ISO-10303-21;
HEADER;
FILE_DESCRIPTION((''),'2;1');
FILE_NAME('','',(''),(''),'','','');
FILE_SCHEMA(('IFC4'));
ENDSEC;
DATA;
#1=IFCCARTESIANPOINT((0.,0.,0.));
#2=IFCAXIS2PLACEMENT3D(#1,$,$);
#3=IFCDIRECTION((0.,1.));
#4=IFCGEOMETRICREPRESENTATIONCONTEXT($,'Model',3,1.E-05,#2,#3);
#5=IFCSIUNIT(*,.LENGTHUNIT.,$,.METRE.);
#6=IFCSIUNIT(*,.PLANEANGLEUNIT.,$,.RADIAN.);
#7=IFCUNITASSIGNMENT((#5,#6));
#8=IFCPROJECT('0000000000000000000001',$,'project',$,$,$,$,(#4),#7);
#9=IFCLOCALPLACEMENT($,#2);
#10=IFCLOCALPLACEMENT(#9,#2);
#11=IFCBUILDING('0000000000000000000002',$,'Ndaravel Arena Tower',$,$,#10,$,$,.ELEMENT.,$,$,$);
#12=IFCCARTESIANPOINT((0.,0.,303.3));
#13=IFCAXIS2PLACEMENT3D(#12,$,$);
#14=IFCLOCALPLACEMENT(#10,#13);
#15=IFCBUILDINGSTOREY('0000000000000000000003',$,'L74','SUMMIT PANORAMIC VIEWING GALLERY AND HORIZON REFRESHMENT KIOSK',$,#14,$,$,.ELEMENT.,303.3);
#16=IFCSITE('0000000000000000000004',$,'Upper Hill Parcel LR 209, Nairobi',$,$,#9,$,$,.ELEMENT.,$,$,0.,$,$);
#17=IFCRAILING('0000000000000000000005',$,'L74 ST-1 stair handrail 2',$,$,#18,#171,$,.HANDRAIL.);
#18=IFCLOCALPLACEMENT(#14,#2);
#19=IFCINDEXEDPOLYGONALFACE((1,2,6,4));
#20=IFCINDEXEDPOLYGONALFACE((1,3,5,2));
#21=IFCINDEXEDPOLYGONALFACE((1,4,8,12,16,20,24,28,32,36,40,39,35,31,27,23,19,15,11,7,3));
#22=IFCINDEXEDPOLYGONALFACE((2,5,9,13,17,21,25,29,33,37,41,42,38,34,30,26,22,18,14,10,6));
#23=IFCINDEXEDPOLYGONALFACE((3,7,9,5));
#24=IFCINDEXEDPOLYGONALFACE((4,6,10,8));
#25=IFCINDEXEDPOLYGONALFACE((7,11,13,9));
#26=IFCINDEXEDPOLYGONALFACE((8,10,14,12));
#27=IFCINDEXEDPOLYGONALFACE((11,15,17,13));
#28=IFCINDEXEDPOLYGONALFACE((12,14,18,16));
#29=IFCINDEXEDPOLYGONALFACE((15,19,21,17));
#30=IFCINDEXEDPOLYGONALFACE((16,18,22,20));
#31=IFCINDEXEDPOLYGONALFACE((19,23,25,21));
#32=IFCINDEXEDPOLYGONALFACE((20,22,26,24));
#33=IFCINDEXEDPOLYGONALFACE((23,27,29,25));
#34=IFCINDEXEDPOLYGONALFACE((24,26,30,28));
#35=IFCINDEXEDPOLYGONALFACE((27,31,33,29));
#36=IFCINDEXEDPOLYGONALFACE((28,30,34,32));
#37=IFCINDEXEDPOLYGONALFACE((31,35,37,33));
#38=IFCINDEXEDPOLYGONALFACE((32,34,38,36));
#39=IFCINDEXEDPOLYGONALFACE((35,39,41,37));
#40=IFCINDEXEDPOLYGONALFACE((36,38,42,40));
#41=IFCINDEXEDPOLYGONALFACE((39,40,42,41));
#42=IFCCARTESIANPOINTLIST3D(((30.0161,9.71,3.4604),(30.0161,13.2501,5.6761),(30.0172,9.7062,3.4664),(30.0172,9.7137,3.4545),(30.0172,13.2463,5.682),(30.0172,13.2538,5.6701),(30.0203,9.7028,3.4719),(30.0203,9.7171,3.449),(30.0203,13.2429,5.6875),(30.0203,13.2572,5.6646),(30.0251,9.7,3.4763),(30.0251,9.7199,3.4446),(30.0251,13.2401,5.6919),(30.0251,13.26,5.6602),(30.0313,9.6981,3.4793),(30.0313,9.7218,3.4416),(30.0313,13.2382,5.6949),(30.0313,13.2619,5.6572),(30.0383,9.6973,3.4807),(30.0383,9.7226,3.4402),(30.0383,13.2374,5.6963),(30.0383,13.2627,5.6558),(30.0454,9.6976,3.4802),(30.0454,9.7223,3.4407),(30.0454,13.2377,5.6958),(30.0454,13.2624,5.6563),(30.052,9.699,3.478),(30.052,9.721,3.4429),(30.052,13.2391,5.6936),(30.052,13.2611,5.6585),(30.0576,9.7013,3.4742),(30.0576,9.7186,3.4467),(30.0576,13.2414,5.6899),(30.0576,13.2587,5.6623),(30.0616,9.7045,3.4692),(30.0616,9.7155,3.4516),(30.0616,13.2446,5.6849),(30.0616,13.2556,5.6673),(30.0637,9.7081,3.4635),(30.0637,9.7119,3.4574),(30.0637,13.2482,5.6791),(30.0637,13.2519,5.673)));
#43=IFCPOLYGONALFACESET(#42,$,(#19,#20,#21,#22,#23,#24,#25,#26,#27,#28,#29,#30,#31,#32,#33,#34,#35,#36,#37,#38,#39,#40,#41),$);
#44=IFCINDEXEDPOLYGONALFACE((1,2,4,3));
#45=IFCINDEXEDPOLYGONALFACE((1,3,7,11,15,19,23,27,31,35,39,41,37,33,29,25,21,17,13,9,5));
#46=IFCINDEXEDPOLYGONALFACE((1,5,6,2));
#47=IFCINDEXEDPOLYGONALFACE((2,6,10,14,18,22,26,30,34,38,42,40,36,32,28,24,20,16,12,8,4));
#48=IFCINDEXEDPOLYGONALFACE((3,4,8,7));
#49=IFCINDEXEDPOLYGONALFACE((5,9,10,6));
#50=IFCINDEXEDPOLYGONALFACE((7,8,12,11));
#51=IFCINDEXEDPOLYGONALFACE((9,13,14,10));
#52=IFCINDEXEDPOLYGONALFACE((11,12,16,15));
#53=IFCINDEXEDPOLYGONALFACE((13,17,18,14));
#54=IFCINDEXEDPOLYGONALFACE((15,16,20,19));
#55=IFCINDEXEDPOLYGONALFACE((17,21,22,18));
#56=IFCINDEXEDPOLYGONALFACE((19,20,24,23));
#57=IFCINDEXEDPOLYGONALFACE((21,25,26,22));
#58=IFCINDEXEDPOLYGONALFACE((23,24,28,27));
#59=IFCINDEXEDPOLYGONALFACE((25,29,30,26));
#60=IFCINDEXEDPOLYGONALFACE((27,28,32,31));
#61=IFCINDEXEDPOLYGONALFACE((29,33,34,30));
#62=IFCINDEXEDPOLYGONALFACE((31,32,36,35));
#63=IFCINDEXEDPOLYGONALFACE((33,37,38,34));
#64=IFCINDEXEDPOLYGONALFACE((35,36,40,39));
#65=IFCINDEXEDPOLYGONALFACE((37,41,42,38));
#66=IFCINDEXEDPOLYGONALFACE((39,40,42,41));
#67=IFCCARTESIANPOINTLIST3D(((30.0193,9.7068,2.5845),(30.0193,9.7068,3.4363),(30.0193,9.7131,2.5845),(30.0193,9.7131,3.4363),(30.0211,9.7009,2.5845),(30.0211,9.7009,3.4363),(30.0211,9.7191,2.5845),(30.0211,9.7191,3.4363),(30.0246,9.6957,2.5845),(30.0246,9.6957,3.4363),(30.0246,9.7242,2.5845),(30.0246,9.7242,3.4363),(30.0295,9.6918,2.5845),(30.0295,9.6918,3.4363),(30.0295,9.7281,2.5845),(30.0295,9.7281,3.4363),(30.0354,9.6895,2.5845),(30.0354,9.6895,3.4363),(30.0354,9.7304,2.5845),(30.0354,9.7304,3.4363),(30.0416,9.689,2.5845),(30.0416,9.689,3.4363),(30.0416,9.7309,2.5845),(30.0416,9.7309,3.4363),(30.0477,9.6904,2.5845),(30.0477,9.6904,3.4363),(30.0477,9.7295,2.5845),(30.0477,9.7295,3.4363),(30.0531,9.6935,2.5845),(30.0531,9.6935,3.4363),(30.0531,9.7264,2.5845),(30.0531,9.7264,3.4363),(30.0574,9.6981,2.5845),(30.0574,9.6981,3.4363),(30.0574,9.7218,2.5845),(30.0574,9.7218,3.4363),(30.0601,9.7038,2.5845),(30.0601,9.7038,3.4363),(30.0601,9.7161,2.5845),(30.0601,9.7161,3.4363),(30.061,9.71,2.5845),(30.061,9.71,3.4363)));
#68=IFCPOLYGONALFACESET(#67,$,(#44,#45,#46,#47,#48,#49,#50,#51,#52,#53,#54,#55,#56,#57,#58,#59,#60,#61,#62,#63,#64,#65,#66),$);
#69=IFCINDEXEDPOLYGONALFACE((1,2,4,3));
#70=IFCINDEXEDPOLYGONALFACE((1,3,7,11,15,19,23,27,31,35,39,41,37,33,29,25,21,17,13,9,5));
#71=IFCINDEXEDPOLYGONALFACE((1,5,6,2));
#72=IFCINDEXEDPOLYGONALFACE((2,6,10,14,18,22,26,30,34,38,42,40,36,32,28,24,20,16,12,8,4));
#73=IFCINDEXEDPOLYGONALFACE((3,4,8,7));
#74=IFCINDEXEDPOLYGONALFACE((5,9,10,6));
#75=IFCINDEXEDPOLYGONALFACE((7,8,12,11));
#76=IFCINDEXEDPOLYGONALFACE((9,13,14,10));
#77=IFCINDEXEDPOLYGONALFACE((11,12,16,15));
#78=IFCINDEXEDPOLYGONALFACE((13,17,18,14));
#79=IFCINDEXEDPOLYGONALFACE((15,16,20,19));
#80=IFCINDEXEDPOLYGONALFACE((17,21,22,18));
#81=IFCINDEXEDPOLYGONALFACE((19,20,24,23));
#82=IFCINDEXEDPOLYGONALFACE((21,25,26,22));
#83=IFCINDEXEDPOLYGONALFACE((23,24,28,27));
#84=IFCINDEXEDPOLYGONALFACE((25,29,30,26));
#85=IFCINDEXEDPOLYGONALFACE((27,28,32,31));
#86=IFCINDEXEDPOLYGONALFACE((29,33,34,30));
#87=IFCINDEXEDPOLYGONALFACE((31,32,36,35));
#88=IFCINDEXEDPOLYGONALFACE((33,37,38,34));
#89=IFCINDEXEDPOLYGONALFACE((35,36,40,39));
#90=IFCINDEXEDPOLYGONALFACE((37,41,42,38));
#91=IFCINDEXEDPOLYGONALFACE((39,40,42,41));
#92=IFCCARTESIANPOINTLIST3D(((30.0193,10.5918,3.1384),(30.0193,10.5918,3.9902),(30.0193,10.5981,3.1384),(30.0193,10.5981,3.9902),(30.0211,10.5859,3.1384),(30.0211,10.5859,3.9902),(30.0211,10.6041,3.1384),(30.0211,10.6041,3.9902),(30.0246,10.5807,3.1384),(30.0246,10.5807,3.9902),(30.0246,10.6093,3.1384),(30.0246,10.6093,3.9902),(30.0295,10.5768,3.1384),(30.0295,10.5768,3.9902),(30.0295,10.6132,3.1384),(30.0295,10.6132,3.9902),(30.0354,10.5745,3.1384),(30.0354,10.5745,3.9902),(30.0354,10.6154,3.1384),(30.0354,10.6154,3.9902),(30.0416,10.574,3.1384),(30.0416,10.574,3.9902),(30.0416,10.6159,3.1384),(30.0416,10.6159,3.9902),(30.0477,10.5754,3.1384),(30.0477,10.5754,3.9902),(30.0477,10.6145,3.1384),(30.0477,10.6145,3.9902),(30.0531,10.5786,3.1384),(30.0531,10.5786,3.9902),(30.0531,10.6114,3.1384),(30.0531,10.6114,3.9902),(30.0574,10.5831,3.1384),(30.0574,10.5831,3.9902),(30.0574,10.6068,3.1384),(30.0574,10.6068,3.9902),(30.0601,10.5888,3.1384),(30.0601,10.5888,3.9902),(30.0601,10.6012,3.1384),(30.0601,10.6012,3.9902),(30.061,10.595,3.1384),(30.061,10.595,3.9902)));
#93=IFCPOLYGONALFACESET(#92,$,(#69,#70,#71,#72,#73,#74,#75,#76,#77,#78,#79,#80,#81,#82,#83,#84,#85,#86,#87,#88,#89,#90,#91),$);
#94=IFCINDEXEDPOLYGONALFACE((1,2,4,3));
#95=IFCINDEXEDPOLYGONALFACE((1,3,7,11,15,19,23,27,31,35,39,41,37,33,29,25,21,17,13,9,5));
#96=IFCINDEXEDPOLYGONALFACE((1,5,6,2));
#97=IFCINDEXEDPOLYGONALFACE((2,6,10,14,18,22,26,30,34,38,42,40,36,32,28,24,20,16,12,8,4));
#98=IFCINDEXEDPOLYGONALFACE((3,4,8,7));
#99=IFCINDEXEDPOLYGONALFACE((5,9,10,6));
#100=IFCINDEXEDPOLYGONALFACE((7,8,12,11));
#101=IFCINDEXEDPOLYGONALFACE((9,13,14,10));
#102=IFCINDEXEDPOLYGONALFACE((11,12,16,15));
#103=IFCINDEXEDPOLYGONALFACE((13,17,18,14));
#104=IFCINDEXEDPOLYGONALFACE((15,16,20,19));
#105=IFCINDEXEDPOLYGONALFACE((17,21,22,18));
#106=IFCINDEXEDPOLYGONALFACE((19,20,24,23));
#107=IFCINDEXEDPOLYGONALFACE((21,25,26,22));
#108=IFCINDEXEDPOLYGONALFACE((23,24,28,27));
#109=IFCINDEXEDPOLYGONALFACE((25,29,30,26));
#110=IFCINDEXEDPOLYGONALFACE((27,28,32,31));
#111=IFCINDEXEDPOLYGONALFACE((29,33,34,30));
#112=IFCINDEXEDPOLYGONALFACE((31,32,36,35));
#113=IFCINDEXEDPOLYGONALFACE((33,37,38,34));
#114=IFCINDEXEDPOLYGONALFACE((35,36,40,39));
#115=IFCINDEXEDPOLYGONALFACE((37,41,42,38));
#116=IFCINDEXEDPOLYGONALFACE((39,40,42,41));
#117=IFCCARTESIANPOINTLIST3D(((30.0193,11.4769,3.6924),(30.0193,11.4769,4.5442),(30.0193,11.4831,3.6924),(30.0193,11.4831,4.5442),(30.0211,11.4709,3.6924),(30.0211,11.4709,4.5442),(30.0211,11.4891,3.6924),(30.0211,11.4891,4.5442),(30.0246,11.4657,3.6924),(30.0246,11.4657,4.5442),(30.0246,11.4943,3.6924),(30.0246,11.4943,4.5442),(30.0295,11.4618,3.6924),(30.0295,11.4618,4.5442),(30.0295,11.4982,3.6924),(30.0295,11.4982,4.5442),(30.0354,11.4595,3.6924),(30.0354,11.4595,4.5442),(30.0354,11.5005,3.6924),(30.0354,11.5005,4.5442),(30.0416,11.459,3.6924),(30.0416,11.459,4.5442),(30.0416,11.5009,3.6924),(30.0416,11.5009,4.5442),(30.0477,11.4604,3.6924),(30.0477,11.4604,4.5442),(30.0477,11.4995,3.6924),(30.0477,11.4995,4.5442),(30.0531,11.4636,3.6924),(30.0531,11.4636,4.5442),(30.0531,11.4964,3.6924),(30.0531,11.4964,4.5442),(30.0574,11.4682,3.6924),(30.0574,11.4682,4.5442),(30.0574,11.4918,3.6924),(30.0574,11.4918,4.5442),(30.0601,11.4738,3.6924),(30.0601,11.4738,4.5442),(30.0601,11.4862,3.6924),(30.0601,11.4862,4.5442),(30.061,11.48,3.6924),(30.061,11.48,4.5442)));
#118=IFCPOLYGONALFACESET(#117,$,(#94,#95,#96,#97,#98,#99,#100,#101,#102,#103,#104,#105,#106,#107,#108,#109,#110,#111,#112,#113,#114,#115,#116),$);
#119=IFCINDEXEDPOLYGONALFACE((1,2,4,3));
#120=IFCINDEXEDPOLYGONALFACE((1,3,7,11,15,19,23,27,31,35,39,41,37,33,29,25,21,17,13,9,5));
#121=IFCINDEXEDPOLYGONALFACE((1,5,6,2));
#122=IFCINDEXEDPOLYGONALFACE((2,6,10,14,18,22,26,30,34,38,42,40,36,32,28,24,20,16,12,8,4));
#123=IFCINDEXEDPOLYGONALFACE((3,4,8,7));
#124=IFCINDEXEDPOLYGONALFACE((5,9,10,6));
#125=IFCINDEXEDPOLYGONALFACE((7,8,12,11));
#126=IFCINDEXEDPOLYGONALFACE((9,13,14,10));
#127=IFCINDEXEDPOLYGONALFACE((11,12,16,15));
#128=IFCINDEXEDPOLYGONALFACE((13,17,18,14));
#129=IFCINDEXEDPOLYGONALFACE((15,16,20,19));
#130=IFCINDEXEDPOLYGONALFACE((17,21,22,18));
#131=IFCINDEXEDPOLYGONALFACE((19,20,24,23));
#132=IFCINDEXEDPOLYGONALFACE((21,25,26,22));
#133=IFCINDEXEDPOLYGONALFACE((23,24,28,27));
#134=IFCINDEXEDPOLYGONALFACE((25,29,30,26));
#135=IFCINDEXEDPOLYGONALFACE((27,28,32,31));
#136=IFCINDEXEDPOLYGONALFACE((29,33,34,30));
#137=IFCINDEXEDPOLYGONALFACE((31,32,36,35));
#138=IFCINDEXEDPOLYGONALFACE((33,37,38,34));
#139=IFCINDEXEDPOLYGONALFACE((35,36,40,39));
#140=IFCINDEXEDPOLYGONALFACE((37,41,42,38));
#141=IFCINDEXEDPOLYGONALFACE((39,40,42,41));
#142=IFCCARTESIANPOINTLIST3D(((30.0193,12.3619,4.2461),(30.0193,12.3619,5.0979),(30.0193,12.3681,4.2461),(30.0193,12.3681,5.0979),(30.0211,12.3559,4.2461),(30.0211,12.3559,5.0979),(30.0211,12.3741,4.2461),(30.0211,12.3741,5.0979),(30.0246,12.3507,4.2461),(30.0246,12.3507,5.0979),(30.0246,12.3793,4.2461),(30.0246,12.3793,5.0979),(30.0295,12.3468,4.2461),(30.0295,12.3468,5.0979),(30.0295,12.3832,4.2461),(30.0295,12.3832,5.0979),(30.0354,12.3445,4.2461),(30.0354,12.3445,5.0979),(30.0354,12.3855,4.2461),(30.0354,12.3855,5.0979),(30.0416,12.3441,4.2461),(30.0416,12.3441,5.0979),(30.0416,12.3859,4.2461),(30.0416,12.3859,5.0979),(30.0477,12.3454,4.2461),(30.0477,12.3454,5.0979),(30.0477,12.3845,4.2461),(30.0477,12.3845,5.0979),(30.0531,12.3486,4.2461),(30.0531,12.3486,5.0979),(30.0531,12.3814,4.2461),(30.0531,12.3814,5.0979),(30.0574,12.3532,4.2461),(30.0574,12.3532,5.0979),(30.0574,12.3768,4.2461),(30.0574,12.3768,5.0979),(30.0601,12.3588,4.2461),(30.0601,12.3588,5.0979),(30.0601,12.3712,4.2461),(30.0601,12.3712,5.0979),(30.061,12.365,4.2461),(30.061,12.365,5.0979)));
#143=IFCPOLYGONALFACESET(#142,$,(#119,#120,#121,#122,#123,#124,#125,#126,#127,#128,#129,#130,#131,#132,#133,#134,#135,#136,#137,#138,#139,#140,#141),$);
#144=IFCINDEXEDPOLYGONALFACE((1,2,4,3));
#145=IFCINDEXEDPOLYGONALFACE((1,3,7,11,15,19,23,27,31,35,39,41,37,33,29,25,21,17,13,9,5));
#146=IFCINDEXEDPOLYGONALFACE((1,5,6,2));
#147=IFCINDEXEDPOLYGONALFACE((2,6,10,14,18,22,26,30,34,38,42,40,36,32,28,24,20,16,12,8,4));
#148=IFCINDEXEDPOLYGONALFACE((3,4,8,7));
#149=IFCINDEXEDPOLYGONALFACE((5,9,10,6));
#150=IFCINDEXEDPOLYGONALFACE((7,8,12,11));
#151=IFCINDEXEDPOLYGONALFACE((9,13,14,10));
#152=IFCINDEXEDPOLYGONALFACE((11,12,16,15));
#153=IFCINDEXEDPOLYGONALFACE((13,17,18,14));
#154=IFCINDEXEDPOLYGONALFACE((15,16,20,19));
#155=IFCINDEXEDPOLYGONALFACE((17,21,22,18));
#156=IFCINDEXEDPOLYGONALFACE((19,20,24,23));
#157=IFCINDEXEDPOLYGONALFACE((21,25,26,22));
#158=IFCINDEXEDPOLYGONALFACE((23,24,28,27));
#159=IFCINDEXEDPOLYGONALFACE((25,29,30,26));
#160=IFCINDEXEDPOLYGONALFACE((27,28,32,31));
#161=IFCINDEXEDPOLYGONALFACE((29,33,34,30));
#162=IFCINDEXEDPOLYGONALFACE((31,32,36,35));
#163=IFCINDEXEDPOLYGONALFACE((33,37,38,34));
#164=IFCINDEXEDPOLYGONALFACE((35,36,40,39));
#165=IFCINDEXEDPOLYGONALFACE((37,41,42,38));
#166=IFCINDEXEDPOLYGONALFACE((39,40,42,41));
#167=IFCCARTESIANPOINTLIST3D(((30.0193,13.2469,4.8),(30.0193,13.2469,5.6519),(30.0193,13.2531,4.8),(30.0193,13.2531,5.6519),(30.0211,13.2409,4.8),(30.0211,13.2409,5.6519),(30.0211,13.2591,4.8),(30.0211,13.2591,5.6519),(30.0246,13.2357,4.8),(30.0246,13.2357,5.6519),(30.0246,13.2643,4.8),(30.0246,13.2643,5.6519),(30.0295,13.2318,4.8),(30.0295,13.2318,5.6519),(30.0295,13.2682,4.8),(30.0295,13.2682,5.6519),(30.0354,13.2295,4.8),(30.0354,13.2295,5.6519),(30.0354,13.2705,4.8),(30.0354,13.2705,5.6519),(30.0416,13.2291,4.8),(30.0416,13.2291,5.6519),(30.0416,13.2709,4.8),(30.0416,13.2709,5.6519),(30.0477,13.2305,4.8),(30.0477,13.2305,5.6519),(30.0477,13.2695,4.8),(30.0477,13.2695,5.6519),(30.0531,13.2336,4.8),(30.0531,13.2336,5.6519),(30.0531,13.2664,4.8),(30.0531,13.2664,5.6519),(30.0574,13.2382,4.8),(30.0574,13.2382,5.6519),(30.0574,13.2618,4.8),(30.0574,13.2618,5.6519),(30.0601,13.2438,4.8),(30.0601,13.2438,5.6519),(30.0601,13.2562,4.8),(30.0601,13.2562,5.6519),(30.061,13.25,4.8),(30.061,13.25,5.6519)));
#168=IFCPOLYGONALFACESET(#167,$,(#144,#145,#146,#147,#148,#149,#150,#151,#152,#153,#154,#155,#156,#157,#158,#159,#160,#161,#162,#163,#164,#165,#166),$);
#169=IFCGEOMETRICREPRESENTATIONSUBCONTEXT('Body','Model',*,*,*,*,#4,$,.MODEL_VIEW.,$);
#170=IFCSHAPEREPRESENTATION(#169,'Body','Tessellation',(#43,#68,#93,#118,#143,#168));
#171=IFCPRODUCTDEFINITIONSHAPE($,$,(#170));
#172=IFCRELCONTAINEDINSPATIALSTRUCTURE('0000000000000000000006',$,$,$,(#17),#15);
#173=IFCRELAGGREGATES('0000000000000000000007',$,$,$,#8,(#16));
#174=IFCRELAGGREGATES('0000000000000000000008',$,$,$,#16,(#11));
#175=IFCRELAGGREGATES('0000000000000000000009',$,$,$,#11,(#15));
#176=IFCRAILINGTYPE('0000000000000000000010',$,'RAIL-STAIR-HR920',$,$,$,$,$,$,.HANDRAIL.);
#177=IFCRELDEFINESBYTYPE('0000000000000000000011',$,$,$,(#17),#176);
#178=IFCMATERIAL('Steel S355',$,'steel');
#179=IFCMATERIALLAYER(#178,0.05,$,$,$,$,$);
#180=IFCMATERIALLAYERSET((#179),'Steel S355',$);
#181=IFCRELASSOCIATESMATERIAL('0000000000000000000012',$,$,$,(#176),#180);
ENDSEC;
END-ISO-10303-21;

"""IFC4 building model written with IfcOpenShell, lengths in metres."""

from ifc_helpers import new_model, si_unit, direction, frame, origin, origin_2d, place, context, subcontext, project, spatial, circle, extrude, material, layer, layer_set, type_object, element, save


model = new_model("IFC4")

# Units and contexts
model_context = context("Model", 3, precision=1e-05, world=origin(), true_north=direction((0.0, 1.0)))
body_context = subcontext(model_context, "Body", "Model", "MODEL_VIEW")
ifc_project = project(units=[si_unit("LENGTHUNIT", "METRE"), si_unit("PLANEANGLEUNIT", "RADIAN")], contexts=[model_context])

# Site, building, storey
site_placement = place(None, origin())
site = spatial("IfcSite", under=ifc_project, at=site_placement, Name="Upper Hill Parcel LR 209, Nairobi", CompositionType="ELEMENT", RefElevation=0.0)
building_placement = place(site_placement, origin())
building = spatial("IfcBuilding", under=site, at=building_placement, Name="Ndaravel Arena Tower", CompositionType="ELEMENT")
storey_placement = place(building_placement, frame((0.0, 0.0, 303.3)))
storey = spatial("IfcBuildingStorey", under=building, at=storey_placement, Name="L74", Description="SUMMIT PANORAMIC VIEWING GALLERY AND HORIZON REFRESHMENT KIOSK", CompositionType="ELEMENT", Elevation=303.3)

# Railing
ifc_material_1 = material(Name="Steel S355", Category="steel")
ifc_layer_1 = layer(ifc_material_1, 0.05)
ifc_layer_set_1 = layer_set([ifc_layer_1], Name="Steel S355")
railing_type_1 = type_object("IfcRailingType", Name="RAIL-STAIR-HR920", PredefinedType="HANDRAIL", material=ifc_layer_set_1)
railing_1_placement = place(storey_placement, frame((30.04, 9.71, 2.5845)))
element("IfcRailing", 1, at=railing_1_placement, inside=storey, type_object=railing_type_1, Name="L74 ST-1 stair handrail 2", PredefinedType="HANDRAIL", context=body_context, shape_type="SweptSolid", body=[
    extrude(circle(Radius=0.0239, at=origin_2d()), frame((0.0, 0.0, 0.876), z_axis=(0.0, 0.84767, 0.530524), x_axis=(-1.0, 0.0, 0.0)), (0.0, 0.0, 1.0), 4.1763),
    extrude(circle(Radius=0.021, at=origin_2d()), origin(), (0.0, 0.0, 1.0), 0.8518),
    extrude(circle(Radius=0.021, at=origin_2d()), frame((0.0, 0.885, 0.554)), (0.0, 0.0, 1.0), 0.8518),
    extrude(circle(Radius=0.021, at=origin_2d()), frame((0.0, 1.77, 1.1079)), (0.0, 0.0, 1.0), 0.8518),
    extrude(circle(Radius=0.021, at=origin_2d()), frame((0.0, 2.655, 1.6616)), (0.0, 0.0, 1.0), 0.8518),
    extrude(circle(Radius=0.021, at=origin_2d()), frame((0.0, 3.54, 2.2156)), (0.0, 0.0, 1.0), 0.8518),
])

save(model, "model.ifc")
